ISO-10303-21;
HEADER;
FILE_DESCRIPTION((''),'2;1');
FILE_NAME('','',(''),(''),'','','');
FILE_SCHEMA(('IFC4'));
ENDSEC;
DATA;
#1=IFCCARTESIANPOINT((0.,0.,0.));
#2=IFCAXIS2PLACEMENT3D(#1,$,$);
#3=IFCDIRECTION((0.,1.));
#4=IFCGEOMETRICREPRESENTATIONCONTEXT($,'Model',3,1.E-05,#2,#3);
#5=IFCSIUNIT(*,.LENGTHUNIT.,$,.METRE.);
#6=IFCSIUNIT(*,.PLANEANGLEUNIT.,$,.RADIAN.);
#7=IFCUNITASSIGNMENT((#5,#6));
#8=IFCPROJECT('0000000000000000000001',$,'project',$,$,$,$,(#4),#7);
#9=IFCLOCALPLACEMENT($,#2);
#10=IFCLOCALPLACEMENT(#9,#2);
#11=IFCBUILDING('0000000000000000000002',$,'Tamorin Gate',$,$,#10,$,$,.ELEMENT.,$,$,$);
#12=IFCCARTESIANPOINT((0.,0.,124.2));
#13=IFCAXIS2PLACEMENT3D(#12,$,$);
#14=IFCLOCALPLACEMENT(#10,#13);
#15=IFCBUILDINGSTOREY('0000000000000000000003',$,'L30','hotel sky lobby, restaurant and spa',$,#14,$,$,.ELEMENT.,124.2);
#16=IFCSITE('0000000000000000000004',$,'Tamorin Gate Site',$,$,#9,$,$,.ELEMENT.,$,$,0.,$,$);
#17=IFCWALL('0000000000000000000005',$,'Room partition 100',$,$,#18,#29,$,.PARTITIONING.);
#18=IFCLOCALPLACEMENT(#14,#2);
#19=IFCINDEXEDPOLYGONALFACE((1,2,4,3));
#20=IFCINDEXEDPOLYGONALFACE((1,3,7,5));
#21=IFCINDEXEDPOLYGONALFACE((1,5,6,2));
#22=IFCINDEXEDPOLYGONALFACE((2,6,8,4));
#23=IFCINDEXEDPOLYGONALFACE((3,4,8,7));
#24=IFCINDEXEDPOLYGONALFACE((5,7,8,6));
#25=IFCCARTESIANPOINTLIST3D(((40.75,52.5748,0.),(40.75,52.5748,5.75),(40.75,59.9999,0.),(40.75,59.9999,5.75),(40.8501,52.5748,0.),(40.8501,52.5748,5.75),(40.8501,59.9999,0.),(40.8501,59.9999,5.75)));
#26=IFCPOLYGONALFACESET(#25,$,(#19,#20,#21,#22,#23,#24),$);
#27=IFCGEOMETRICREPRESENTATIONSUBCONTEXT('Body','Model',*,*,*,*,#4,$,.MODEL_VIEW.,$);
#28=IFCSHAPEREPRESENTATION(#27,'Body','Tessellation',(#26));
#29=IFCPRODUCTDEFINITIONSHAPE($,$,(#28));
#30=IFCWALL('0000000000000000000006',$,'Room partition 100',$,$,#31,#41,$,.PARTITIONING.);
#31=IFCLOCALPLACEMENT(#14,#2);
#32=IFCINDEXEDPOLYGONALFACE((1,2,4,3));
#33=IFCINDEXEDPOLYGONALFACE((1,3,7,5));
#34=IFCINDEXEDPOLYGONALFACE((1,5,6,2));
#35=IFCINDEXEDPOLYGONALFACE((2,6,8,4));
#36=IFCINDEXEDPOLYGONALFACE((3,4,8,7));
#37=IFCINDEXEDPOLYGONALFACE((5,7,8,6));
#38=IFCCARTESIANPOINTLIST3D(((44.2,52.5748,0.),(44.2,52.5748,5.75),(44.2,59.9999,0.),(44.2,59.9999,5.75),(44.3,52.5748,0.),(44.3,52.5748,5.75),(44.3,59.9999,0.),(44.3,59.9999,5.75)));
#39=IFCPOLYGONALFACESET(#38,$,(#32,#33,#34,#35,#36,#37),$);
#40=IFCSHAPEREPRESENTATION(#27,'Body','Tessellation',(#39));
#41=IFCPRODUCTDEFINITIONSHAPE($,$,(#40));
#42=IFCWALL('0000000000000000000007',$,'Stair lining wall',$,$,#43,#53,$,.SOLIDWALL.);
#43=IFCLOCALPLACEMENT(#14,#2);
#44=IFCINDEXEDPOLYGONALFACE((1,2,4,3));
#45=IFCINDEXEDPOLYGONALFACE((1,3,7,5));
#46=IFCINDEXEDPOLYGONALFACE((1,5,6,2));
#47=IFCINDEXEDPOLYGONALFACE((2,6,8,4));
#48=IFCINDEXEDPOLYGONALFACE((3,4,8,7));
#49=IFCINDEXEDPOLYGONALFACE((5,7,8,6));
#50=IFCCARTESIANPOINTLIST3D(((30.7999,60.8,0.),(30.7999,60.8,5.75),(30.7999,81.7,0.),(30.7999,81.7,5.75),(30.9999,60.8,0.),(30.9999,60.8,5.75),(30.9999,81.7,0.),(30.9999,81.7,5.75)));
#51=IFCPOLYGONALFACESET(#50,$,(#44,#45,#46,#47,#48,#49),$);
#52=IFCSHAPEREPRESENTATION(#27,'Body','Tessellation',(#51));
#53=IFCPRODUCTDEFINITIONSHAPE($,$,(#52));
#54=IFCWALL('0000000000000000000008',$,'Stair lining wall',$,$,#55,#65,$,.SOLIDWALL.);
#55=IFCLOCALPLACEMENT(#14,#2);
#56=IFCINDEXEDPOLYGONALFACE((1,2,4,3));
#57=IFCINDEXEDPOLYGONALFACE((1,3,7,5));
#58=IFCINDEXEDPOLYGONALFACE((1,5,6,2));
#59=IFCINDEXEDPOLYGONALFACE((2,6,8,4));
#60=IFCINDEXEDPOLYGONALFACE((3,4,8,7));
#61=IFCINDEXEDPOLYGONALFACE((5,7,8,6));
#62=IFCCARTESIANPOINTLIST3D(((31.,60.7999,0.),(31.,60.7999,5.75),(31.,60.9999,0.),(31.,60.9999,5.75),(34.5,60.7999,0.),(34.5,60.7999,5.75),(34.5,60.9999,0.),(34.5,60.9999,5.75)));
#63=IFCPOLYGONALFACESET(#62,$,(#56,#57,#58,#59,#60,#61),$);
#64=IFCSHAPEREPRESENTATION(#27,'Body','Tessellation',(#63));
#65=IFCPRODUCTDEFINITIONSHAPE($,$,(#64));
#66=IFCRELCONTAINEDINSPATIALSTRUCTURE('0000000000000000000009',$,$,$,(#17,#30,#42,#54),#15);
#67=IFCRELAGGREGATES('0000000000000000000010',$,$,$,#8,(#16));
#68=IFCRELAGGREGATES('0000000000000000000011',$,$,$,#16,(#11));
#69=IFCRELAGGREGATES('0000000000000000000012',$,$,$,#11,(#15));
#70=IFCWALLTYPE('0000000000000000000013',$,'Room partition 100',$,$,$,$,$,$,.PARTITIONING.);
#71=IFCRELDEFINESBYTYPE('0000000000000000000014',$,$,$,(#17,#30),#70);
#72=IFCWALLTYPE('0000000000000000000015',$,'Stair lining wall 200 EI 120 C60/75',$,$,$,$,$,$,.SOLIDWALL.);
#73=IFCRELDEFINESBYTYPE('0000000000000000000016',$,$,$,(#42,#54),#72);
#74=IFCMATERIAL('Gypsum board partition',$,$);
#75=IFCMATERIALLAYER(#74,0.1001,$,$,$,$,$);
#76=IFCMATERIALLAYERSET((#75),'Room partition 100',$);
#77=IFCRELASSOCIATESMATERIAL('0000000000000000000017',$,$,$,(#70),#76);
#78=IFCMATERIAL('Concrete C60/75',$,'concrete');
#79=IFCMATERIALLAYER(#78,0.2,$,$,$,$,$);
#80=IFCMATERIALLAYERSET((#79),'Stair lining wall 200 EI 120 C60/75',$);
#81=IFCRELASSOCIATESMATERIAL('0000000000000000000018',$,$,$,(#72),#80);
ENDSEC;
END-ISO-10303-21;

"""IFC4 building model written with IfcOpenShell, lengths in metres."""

from ifc_helpers import new_model, si_unit, direction, frame, frame_2d, origin, place, context, subcontext, project, spatial, rectangle, extrude, material, layer, layer_set, type_object, element, save


model = new_model("IFC4")

# Units and contexts
model_context = context("Model", 3, precision=1e-05, world=origin(), true_north=direction((0.0, 1.0)))
body_context = subcontext(model_context, "Body", "Model", "MODEL_VIEW")
ifc_project = project(units=[si_unit("LENGTHUNIT", "METRE"), si_unit("PLANEANGLEUNIT", "RADIAN")], contexts=[model_context])

# Site, building, storey
site_placement = place(None, origin())
site = spatial("IfcSite", under=ifc_project, at=site_placement, Name="Tamorin Gate Site", CompositionType="ELEMENT", RefElevation=0.0)
building_placement = place(site_placement, origin())
building = spatial("IfcBuilding", under=site, at=building_placement, Name="Tamorin Gate", CompositionType="ELEMENT")
storey_placement = place(building_placement, frame((0.0, 0.0, 124.2)))
storey = spatial("IfcBuildingStorey", under=building, at=storey_placement, Name="L30", Description="hotel sky lobby, restaurant and spa", CompositionType="ELEMENT", Elevation=124.2)

# Walls
ifc_material_1 = material(Name="Gypsum board partition")
ifc_material_2 = material(Name="Concrete C60/75", Category="concrete")
ifc_layer_1 = layer(ifc_material_1, 0.1001)
ifc_layer_set_1 = layer_set([ifc_layer_1], Name="Room partition 100")
wall_type_1 = type_object("IfcWallType", Name="Room partition 100", PredefinedType="PARTITIONING", material=ifc_layer_set_1)
for number, where, z_axis, x_axis, name in (
    (1, (40.8, 52.575, 0.0), (0.0, 0.0, 1.0), (0.0, 1.0, 0.0), "Room partition 100"),
    (2, (44.25, 52.575, 0.0), (0.0, 0.0, 1.0), (0.0, 1.0, 0.0), "Room partition 100"),
):
    element("IfcWall", number, at=place(storey_placement, frame(where, z_axis=z_axis, x_axis=x_axis)), inside=storey, type_object=wall_type_1, Name=name, PredefinedType="PARTITIONING", context=body_context, shape_type="SweptSolid", body=[
        extrude(rectangle(XDim=7.425, YDim=0.1001, at=frame_2d((3.7124, 0.0))), origin(), (0.0, 0.0, 1.0), 5.75),
    ])
ifc_layer_2 = layer(ifc_material_2, 0.2)
ifc_layer_set_2 = layer_set([ifc_layer_2], Name="Stair lining wall 200 EI 120 C60/75")
wall_type_2 = type_object("IfcWallType", Name="Stair lining wall 200 EI 120 C60/75", PredefinedType="SOLIDWALL", material=ifc_layer_set_2)
wall_1_placement = place(storey_placement, frame((30.8999, 60.8, 0.0), z_axis=(0.0, 0.0, 1.0), x_axis=(0.0, 1.0, 0.0)))
element("IfcWall", 3, at=wall_1_placement, inside=storey, type_object=wall_type_2, Name="Stair lining wall", PredefinedType="SOLIDWALL", context=body_context, shape_type="SweptSolid", body=[
    extrude(rectangle(XDim=20.8999, YDim=0.2, at=frame_2d((10.45, 0.0))), origin(), (0.0, 0.0, 1.0), 5.75),
])
wall_2_placement = place(storey_placement, frame((31.0, 60.8999, 0.0), z_axis=(0.0, 0.0, 1.0), x_axis=(1.0, 0.0, 0.0)))
element("IfcWall", 4, at=wall_2_placement, inside=storey, type_object=wall_type_2, Name="Stair lining wall", PredefinedType="SOLIDWALL", context=body_context, shape_type="SweptSolid", body=[
    extrude(rectangle(XDim=3.5, YDim=0.2, at=frame_2d((1.75, 0.0))), origin(), (0.0, 0.0, 1.0), 5.75),
])

save(model, "model.ifc")
